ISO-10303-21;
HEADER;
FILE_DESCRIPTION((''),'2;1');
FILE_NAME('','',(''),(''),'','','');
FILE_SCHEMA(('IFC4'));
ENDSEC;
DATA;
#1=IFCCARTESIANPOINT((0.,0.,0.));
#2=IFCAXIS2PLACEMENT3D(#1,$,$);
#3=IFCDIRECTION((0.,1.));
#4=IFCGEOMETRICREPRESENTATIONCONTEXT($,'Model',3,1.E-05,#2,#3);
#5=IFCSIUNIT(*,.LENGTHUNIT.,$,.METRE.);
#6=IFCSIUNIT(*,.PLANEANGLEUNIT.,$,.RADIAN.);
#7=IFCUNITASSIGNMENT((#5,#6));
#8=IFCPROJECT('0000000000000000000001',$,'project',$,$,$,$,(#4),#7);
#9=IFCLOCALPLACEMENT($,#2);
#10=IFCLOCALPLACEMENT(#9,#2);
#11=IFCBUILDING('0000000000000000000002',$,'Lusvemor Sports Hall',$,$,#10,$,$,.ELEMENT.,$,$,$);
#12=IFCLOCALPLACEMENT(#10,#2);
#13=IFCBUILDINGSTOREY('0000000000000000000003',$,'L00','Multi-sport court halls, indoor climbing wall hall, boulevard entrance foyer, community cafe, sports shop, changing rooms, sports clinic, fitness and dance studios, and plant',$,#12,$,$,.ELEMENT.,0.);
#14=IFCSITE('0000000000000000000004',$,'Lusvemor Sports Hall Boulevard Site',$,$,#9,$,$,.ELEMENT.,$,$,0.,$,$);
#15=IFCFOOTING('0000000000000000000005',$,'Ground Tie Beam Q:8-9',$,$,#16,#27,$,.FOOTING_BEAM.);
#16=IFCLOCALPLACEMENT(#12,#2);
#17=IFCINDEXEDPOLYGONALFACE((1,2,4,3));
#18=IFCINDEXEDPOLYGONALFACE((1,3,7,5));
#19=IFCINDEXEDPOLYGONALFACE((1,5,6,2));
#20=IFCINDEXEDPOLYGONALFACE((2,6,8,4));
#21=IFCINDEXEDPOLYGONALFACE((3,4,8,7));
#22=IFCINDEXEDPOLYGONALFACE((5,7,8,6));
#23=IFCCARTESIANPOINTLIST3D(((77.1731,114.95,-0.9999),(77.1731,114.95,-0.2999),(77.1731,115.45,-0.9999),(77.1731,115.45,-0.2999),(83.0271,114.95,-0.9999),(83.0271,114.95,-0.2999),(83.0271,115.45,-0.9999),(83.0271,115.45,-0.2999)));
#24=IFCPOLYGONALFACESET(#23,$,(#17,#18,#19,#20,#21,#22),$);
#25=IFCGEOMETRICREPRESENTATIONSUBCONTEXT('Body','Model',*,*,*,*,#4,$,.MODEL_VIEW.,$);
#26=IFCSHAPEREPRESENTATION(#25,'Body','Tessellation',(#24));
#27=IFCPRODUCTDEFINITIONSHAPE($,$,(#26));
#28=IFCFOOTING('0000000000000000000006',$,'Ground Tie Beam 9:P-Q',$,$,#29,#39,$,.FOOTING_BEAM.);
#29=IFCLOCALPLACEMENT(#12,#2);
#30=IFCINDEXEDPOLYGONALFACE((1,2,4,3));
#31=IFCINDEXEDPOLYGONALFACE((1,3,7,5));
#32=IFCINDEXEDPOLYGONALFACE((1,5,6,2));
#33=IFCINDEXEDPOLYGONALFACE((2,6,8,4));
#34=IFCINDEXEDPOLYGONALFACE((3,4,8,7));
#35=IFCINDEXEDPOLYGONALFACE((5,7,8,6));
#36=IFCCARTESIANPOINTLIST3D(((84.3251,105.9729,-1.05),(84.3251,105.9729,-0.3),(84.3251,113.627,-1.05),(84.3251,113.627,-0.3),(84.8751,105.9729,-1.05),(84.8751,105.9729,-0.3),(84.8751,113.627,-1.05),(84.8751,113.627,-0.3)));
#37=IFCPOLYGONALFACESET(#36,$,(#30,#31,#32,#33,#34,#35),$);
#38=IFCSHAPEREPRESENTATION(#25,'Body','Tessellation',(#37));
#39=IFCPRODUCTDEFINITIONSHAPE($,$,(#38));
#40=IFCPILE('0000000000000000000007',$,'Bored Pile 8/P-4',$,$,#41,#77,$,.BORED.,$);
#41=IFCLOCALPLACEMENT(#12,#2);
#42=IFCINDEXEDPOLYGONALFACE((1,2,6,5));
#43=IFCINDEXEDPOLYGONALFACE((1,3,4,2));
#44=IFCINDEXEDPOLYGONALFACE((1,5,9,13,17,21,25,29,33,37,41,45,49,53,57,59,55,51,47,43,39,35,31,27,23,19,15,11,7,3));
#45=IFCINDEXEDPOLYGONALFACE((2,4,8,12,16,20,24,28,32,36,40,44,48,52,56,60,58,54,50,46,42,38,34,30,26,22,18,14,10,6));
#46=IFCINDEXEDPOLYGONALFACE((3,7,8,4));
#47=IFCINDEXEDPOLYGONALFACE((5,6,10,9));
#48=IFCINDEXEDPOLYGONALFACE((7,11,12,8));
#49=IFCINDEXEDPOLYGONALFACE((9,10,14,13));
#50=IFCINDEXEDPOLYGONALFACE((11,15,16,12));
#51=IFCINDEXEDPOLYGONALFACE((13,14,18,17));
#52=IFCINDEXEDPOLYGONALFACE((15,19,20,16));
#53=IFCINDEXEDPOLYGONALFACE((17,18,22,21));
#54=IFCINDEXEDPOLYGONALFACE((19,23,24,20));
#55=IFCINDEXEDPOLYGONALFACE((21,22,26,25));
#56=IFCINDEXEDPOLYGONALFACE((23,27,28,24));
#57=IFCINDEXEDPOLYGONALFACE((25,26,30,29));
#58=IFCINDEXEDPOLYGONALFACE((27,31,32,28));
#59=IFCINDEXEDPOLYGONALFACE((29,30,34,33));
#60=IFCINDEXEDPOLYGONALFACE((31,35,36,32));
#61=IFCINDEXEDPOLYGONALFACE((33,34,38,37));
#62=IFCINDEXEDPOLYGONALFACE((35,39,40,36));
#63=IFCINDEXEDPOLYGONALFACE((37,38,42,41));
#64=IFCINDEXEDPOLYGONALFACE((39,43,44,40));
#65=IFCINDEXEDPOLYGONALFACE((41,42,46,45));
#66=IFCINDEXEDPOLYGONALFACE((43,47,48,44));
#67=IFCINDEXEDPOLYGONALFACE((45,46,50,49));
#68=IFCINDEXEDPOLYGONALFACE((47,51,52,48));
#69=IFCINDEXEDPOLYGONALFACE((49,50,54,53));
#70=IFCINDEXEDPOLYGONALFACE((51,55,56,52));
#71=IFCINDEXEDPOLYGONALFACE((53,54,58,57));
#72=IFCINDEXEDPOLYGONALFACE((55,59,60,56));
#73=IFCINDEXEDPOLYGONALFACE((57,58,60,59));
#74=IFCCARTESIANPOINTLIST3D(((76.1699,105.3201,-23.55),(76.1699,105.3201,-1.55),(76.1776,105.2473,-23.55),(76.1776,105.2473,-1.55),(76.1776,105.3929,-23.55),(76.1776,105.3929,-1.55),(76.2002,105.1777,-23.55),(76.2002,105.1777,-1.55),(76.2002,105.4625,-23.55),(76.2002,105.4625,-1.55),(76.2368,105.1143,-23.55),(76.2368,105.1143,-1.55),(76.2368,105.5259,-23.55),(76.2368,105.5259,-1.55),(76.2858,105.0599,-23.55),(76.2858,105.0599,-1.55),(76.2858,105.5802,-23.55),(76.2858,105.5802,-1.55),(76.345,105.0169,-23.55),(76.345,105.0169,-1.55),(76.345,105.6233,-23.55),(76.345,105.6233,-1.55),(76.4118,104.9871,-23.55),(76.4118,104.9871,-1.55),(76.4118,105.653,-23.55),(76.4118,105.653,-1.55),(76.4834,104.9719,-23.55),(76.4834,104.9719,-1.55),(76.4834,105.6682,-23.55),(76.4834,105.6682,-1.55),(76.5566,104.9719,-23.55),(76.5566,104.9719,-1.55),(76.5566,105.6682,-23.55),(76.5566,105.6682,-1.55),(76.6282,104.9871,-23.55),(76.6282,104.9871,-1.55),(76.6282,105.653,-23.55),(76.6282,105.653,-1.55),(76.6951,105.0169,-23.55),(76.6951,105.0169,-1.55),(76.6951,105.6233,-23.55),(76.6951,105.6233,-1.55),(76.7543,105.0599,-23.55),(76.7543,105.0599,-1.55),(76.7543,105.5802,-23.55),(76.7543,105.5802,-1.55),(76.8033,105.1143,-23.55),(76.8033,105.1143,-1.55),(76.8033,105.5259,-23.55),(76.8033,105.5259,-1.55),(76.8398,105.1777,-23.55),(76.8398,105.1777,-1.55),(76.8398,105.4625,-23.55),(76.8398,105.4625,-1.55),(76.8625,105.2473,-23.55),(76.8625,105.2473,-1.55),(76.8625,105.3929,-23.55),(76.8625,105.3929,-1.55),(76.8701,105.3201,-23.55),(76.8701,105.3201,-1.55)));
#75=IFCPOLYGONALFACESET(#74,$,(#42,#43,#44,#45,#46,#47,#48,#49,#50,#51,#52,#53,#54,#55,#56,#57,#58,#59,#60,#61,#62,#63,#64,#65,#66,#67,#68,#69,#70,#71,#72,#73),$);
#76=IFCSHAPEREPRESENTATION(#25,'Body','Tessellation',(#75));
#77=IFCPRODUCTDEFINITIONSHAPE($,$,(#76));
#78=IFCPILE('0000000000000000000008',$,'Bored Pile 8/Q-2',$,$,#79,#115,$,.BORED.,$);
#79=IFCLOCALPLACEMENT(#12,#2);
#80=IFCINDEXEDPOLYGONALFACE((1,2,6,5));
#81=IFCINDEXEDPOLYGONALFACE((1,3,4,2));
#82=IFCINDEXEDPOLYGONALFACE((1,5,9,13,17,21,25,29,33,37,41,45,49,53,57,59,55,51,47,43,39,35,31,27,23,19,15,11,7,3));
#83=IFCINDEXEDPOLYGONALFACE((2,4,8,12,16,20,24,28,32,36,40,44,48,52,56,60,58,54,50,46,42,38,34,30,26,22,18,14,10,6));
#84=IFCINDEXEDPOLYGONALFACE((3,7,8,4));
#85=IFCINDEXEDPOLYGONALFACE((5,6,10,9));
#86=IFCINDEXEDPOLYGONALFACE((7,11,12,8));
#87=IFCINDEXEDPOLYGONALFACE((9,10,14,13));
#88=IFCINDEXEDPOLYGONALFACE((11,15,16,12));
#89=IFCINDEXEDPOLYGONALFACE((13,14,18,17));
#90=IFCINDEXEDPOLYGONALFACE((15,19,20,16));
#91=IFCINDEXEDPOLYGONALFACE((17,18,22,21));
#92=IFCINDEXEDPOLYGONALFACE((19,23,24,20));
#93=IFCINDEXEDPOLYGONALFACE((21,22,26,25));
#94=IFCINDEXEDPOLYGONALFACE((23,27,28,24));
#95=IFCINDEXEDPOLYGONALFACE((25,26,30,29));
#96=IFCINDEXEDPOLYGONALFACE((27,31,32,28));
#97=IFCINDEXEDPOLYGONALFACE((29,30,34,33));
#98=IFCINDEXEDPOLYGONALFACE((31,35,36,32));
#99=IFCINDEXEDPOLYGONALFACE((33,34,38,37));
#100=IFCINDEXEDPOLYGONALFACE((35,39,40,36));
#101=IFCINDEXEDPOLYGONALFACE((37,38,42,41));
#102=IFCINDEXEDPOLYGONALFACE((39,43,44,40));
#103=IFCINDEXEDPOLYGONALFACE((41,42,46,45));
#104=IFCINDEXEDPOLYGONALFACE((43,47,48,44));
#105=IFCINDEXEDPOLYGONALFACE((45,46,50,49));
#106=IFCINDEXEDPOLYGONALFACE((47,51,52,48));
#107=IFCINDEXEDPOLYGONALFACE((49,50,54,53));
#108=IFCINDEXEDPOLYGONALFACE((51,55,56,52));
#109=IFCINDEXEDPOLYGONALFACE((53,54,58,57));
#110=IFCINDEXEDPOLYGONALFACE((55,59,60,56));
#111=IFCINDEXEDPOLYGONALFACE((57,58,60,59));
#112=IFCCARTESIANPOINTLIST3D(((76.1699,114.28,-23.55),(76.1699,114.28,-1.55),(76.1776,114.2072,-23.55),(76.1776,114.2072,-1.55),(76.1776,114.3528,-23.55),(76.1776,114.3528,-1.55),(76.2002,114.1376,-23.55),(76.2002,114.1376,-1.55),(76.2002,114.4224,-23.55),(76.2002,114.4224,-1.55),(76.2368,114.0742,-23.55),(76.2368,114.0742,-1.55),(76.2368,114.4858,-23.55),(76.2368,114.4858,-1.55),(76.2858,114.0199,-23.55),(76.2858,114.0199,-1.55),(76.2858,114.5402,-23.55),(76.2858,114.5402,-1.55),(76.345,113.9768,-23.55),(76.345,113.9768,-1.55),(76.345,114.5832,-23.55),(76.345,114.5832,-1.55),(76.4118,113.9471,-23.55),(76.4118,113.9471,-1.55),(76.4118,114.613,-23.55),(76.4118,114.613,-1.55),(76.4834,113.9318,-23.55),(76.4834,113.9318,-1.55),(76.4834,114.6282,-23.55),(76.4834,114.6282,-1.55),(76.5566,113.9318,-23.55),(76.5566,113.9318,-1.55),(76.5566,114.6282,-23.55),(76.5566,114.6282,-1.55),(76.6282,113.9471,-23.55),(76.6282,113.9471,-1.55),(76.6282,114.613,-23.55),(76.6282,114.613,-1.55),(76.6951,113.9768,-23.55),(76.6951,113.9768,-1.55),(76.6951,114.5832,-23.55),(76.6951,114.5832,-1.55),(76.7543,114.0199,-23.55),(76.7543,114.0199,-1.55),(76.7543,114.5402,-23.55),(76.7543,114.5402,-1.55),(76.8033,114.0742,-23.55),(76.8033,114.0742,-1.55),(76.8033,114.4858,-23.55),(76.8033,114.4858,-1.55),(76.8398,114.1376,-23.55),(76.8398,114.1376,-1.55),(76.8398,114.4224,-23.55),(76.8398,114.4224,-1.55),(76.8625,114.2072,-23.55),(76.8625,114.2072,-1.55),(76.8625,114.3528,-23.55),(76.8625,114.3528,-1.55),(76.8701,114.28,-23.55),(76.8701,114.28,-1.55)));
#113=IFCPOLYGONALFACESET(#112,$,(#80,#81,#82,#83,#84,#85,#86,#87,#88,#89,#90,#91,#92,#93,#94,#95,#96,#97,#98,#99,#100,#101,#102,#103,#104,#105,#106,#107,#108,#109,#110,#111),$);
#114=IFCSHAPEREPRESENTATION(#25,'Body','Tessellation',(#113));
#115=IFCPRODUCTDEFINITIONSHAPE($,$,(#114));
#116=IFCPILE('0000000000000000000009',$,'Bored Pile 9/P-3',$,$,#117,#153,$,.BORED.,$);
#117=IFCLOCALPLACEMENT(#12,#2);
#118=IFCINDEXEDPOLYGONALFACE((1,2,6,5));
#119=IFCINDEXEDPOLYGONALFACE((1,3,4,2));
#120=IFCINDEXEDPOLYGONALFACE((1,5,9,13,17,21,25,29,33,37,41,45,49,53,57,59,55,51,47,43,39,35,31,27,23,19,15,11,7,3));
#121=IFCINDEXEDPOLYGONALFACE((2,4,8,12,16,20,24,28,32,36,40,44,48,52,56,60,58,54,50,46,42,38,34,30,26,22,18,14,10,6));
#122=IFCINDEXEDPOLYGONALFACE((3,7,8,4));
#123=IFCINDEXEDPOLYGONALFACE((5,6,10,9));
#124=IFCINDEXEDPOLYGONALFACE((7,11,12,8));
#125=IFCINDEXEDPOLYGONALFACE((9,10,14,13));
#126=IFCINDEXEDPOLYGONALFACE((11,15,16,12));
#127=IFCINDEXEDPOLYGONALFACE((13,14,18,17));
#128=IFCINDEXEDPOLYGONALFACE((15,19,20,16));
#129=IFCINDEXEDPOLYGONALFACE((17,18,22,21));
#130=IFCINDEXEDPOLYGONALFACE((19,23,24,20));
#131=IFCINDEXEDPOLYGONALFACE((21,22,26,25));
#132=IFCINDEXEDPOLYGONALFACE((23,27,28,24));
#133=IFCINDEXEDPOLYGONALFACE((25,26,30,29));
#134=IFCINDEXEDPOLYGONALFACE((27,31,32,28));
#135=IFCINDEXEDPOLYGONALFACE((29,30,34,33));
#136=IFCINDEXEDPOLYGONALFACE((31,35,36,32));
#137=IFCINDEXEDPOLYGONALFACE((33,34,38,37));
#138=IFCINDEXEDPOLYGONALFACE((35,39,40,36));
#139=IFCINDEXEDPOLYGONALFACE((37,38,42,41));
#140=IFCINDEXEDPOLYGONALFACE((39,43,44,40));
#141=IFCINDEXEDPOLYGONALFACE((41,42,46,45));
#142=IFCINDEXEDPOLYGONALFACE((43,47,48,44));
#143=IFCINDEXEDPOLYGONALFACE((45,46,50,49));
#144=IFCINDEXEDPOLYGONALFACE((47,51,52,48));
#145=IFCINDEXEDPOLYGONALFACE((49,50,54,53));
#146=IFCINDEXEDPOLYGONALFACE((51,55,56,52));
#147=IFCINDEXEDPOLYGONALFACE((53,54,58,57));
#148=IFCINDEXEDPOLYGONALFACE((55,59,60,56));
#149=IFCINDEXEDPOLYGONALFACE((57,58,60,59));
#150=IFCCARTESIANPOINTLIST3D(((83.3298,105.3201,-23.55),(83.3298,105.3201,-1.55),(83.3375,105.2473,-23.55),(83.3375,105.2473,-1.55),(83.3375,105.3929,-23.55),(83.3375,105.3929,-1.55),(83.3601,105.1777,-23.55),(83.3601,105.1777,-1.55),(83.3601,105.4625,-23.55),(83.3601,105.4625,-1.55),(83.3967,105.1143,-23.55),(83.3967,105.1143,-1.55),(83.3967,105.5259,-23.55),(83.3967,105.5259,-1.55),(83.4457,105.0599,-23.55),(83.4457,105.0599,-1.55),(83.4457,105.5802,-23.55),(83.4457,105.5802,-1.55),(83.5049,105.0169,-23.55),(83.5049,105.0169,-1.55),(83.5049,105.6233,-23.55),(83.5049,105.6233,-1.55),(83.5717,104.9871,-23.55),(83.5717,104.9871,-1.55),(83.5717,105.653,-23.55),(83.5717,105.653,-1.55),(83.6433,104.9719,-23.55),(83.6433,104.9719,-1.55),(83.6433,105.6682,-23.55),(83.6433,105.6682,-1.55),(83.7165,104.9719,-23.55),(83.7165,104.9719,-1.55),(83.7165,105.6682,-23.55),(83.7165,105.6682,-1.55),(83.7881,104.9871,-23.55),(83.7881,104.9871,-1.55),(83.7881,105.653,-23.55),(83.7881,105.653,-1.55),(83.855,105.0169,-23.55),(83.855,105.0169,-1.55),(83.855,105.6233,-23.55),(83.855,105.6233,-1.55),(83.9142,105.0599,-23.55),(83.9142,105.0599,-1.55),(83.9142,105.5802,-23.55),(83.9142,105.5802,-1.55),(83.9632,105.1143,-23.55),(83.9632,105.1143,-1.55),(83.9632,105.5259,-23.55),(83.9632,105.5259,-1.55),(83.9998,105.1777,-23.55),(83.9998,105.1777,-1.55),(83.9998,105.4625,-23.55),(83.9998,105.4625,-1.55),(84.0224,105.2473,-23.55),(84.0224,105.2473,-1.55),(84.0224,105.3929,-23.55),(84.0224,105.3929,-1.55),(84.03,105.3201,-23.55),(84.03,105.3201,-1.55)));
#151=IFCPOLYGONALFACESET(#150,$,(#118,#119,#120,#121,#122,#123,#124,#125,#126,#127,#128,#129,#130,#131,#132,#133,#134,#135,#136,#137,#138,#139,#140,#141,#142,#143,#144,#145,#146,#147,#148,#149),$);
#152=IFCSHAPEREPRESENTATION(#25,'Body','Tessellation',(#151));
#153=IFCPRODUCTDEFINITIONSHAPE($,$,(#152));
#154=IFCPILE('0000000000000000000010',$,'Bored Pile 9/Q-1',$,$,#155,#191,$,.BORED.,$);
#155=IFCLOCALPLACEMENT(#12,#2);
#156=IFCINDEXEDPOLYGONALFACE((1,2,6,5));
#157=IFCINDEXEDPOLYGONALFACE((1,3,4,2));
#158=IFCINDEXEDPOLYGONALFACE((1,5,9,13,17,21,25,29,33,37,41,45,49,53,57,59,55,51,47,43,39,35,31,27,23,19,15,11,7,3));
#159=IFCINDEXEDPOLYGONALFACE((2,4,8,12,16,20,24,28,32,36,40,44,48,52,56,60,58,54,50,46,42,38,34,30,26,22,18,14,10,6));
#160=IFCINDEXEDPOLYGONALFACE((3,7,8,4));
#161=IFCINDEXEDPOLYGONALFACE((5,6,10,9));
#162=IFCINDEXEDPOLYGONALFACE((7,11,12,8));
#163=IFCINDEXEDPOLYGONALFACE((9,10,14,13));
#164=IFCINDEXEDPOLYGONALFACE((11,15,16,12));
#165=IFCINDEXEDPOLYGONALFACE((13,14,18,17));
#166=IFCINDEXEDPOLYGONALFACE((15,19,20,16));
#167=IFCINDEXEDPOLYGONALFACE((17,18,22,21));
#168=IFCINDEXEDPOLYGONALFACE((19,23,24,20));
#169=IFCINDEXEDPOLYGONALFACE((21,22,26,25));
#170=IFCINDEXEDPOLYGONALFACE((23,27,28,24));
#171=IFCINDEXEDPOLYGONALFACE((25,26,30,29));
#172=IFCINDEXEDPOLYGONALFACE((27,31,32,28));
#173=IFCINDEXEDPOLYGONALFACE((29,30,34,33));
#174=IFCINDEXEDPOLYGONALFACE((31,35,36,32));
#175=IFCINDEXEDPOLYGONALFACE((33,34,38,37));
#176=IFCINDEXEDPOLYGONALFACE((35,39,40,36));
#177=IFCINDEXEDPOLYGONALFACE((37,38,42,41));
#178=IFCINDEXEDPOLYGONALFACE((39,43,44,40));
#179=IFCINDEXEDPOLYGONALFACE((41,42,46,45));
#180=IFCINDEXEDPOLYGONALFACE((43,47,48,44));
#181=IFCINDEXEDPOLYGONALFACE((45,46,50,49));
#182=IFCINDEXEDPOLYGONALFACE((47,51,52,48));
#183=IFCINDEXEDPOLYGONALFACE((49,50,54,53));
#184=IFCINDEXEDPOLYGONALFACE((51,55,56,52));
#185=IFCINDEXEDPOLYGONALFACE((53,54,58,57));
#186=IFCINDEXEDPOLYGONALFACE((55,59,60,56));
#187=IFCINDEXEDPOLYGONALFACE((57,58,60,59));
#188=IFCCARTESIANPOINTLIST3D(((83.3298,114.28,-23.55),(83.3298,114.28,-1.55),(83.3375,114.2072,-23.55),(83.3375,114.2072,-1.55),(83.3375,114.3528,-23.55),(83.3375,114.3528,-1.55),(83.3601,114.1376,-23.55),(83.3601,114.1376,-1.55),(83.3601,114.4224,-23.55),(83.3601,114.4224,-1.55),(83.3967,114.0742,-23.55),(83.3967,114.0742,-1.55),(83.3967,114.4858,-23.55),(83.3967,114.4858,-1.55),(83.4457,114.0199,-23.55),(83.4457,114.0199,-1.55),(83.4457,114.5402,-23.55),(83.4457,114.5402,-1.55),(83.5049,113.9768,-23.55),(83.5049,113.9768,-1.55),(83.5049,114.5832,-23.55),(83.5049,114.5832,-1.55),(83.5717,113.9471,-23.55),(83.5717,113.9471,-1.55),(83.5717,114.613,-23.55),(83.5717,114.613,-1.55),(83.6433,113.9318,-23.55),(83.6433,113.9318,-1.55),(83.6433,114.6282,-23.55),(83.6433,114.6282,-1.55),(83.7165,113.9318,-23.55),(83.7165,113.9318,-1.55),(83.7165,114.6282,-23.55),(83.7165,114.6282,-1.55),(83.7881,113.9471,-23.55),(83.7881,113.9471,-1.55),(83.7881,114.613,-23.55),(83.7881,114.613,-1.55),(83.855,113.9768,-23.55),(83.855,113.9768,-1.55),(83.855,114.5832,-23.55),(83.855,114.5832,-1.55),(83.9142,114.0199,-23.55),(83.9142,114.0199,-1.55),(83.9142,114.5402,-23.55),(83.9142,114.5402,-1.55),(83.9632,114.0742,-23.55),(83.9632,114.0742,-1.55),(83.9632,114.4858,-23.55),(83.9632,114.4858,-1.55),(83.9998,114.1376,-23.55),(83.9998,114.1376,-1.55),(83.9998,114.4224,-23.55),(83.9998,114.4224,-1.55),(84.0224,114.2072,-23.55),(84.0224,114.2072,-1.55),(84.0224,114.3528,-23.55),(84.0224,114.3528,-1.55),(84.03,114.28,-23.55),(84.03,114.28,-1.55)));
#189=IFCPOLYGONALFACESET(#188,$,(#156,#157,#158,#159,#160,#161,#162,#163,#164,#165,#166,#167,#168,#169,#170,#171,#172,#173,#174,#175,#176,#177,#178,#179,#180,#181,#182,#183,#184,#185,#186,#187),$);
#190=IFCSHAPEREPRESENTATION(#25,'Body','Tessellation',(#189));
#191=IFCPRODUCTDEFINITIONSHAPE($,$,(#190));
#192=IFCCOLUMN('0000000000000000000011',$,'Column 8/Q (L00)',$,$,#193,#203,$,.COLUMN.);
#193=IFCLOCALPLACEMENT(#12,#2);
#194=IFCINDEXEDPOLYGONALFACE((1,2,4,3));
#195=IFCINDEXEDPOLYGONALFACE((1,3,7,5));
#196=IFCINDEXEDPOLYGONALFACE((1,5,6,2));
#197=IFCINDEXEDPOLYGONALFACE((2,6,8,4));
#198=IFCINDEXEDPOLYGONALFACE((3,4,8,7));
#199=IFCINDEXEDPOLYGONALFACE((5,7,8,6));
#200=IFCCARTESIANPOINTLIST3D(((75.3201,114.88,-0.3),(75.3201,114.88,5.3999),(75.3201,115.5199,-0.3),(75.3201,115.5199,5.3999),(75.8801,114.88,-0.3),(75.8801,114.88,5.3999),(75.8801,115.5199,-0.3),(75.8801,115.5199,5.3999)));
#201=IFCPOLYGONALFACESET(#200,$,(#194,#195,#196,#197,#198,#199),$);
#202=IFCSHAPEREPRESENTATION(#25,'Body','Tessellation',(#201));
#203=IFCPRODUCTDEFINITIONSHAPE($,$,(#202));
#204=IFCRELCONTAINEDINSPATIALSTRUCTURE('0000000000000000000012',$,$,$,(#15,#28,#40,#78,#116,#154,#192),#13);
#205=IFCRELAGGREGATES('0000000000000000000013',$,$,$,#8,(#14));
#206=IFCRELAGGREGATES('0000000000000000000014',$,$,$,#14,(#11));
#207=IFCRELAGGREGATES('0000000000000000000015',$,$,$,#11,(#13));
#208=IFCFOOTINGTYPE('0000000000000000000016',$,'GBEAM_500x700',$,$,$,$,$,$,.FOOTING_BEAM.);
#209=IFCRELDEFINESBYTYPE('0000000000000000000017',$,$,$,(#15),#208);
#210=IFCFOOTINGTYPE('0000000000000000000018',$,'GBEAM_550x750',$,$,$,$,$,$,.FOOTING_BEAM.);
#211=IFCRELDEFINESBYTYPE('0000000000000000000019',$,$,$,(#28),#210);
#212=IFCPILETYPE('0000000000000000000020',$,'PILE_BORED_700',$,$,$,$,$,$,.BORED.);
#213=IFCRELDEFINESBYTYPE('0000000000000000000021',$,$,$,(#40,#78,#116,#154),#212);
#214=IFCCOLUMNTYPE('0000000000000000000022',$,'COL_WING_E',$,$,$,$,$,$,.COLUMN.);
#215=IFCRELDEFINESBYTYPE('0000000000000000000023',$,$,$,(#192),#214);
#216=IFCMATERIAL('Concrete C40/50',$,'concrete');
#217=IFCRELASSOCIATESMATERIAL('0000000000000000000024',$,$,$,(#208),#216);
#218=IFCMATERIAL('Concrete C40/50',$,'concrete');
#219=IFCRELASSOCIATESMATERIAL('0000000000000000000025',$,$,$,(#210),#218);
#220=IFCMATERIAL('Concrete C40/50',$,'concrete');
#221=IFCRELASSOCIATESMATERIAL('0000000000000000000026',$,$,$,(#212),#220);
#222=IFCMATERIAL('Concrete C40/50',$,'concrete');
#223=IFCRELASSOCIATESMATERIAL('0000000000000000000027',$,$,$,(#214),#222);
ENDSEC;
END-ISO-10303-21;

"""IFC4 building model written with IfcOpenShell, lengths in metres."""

from ifc_helpers import new_model, si_unit, direction, frame, origin, origin_2d, place, context, subcontext, project, spatial, rectangle, circle, extrude, material, material_profile, profile_set, type_object, element, save


model = new_model("IFC4")

# Units and contexts
model_context = context("Model", 3, precision=1e-05, world=origin(), true_north=direction((0.0, 1.0)))
body_context = subcontext(model_context, "Body", "Model", "MODEL_VIEW")
ifc_project = project(units=[si_unit("LENGTHUNIT", "METRE"), si_unit("PLANEANGLEUNIT", "RADIAN")], contexts=[model_context])

# Site, building, storey
site_placement = place(None, origin())
site = spatial("IfcSite", under=ifc_project, at=site_placement, Name="Lusvemor Sports Hall Boulevard Site", CompositionType="ELEMENT", RefElevation=0.0)
building_placement = place(site_placement, origin())
building = spatial("IfcBuilding", under=site, at=building_placement, Name="Lusvemor Sports Hall", CompositionType="ELEMENT")
storey_placement = place(building_placement, origin())
storey = spatial("IfcBuildingStorey", under=building, at=storey_placement, Name="L00", Description="Multi-sport court halls, indoor climbing wall hall, boulevard entrance foyer, community cafe, sports shop, changing rooms, sports clinic, fitness and dance studios, and plant", CompositionType="ELEMENT", Elevation=0.0)

# Footings
ifc_material_1 = material(Name="Concrete C40/50", Category="concrete")
ifc_material_profile_1 = material_profile(ifc_material_1, rectangle(XDim=0.5, YDim=0.7, at=origin_2d()), Name="GB_500x700")
ifc_profile_set_1 = profile_set([ifc_material_profile_1], Name="Concrete C40/50")
footing_type_1 = type_object("IfcFootingType", Name="GBEAM_500x700", PredefinedType="FOOTING_BEAM", material=ifc_profile_set_1)
footing_1_placement = place(storey_placement, frame((77.1731, 115.2, -0.6499), z_axis=(1.0, 0.0, 0.0), x_axis=(0.0, 1.0, 0.0)))
element("IfcFooting", 1, at=footing_1_placement, inside=storey, type_object=footing_type_1, Name="Ground Tie Beam Q:8-9", PredefinedType="FOOTING_BEAM", context=body_context, shape_type="SweptSolid", body=[
    extrude(rectangle(XDim=0.5, YDim=0.7, at=origin_2d()), origin(), (0.0, 0.0, 1.0), 5.854),
])
ifc_material_2 = material(Name="Concrete C40/50", Category="concrete")
ifc_material_profile_2 = material_profile(ifc_material_2, rectangle(XDim=0.55, YDim=0.75, at=origin_2d()), Name="GB_550x750")
ifc_profile_set_2 = profile_set([ifc_material_profile_2], Name="Concrete C40/50")
footing_type_2 = type_object("IfcFootingType", Name="GBEAM_550x750", PredefinedType="FOOTING_BEAM", material=ifc_profile_set_2)
footing_2_placement = place(storey_placement, frame((84.6001, 105.9729, -0.675), z_axis=(0.0, 1.0, 0.0), x_axis=(-1.0, 0.0, 0.0)))
element("IfcFooting", 2, at=footing_2_placement, inside=storey, type_object=footing_type_2, Name="Ground Tie Beam 9:P-Q", PredefinedType="FOOTING_BEAM", context=body_context, shape_type="SweptSolid", body=[
    extrude(rectangle(XDim=0.55, YDim=0.75, at=origin_2d()), origin(), (0.0, 0.0, 1.0), 7.6541),
])

# Piles
ifc_material_3 = material(Name="Concrete C40/50", Category="concrete")
ifc_material_profile_3 = material_profile(ifc_material_3, circle(Radius=0.3501, at=origin_2d()), Name="PILE700")
ifc_profile_set_3 = profile_set([ifc_material_profile_3], Name="Concrete C40/50")
pile_type = type_object("IfcPileType", Name="PILE_BORED_700", PredefinedType="BORED", material=ifc_profile_set_3)
for number, where, z_axis, x_axis, name in (
    (3, (76.52, 105.3201, -1.55), (0.0, 0.0, -1.0), (1.0, 0.0, 0.0), "Bored Pile 8/P-4"),
    (4, (76.52, 114.28, -1.55), (0.0, 0.0, -1.0), (1.0, 0.0, 0.0), "Bored Pile 8/Q-2"),
    (5, (83.6799, 105.3201, -1.55), (0.0, 0.0, -1.0), (1.0, 0.0, 0.0), "Bored Pile 9/P-3"),
    (6, (83.6799, 114.28, -1.55), (0.0, 0.0, -1.0), (1.0, 0.0, 0.0), "Bored Pile 9/Q-1"),
):
    element("IfcPile", number, at=place(storey_placement, frame(where, z_axis=z_axis, x_axis=x_axis)), inside=storey, type_object=pile_type, Name=name, PredefinedType="BORED", context=body_context, shape_type="SweptSolid", body=[
        extrude(circle(Radius=0.3501, at=origin_2d()), origin(), (0.0, 0.0, 1.0), 22.0),
    ])

# Column
ifc_material_4 = material(Name="Concrete C40/50", Category="concrete")
ifc_material_profile_4 = material_profile(ifc_material_4, rectangle(XDim=0.5601, YDim=0.6399, at=origin_2d()), Name="RC560x640")
ifc_profile_set_4 = profile_set([ifc_material_profile_4], Name="Concrete C40/50")
column_type = type_object("IfcColumnType", Name="COL_WING_E", PredefinedType="COLUMN", material=ifc_profile_set_4)
column_placement = place(storey_placement, frame((75.6001, 115.2, -0.3), z_axis=(0.0, 0.0, 1.0), x_axis=(1.0, 0.0, 0.0)))
element("IfcColumn", 7, at=column_placement, inside=storey, type_object=column_type, Name="Column 8/Q (L00)", PredefinedType="COLUMN", context=body_context, shape_type="SweptSolid", body=[
    extrude(rectangle(XDim=0.5601, YDim=0.6399, at=origin_2d()), origin(), (0.0, 0.0, 1.0), 5.7),
])

save(model, "model.ifc")
